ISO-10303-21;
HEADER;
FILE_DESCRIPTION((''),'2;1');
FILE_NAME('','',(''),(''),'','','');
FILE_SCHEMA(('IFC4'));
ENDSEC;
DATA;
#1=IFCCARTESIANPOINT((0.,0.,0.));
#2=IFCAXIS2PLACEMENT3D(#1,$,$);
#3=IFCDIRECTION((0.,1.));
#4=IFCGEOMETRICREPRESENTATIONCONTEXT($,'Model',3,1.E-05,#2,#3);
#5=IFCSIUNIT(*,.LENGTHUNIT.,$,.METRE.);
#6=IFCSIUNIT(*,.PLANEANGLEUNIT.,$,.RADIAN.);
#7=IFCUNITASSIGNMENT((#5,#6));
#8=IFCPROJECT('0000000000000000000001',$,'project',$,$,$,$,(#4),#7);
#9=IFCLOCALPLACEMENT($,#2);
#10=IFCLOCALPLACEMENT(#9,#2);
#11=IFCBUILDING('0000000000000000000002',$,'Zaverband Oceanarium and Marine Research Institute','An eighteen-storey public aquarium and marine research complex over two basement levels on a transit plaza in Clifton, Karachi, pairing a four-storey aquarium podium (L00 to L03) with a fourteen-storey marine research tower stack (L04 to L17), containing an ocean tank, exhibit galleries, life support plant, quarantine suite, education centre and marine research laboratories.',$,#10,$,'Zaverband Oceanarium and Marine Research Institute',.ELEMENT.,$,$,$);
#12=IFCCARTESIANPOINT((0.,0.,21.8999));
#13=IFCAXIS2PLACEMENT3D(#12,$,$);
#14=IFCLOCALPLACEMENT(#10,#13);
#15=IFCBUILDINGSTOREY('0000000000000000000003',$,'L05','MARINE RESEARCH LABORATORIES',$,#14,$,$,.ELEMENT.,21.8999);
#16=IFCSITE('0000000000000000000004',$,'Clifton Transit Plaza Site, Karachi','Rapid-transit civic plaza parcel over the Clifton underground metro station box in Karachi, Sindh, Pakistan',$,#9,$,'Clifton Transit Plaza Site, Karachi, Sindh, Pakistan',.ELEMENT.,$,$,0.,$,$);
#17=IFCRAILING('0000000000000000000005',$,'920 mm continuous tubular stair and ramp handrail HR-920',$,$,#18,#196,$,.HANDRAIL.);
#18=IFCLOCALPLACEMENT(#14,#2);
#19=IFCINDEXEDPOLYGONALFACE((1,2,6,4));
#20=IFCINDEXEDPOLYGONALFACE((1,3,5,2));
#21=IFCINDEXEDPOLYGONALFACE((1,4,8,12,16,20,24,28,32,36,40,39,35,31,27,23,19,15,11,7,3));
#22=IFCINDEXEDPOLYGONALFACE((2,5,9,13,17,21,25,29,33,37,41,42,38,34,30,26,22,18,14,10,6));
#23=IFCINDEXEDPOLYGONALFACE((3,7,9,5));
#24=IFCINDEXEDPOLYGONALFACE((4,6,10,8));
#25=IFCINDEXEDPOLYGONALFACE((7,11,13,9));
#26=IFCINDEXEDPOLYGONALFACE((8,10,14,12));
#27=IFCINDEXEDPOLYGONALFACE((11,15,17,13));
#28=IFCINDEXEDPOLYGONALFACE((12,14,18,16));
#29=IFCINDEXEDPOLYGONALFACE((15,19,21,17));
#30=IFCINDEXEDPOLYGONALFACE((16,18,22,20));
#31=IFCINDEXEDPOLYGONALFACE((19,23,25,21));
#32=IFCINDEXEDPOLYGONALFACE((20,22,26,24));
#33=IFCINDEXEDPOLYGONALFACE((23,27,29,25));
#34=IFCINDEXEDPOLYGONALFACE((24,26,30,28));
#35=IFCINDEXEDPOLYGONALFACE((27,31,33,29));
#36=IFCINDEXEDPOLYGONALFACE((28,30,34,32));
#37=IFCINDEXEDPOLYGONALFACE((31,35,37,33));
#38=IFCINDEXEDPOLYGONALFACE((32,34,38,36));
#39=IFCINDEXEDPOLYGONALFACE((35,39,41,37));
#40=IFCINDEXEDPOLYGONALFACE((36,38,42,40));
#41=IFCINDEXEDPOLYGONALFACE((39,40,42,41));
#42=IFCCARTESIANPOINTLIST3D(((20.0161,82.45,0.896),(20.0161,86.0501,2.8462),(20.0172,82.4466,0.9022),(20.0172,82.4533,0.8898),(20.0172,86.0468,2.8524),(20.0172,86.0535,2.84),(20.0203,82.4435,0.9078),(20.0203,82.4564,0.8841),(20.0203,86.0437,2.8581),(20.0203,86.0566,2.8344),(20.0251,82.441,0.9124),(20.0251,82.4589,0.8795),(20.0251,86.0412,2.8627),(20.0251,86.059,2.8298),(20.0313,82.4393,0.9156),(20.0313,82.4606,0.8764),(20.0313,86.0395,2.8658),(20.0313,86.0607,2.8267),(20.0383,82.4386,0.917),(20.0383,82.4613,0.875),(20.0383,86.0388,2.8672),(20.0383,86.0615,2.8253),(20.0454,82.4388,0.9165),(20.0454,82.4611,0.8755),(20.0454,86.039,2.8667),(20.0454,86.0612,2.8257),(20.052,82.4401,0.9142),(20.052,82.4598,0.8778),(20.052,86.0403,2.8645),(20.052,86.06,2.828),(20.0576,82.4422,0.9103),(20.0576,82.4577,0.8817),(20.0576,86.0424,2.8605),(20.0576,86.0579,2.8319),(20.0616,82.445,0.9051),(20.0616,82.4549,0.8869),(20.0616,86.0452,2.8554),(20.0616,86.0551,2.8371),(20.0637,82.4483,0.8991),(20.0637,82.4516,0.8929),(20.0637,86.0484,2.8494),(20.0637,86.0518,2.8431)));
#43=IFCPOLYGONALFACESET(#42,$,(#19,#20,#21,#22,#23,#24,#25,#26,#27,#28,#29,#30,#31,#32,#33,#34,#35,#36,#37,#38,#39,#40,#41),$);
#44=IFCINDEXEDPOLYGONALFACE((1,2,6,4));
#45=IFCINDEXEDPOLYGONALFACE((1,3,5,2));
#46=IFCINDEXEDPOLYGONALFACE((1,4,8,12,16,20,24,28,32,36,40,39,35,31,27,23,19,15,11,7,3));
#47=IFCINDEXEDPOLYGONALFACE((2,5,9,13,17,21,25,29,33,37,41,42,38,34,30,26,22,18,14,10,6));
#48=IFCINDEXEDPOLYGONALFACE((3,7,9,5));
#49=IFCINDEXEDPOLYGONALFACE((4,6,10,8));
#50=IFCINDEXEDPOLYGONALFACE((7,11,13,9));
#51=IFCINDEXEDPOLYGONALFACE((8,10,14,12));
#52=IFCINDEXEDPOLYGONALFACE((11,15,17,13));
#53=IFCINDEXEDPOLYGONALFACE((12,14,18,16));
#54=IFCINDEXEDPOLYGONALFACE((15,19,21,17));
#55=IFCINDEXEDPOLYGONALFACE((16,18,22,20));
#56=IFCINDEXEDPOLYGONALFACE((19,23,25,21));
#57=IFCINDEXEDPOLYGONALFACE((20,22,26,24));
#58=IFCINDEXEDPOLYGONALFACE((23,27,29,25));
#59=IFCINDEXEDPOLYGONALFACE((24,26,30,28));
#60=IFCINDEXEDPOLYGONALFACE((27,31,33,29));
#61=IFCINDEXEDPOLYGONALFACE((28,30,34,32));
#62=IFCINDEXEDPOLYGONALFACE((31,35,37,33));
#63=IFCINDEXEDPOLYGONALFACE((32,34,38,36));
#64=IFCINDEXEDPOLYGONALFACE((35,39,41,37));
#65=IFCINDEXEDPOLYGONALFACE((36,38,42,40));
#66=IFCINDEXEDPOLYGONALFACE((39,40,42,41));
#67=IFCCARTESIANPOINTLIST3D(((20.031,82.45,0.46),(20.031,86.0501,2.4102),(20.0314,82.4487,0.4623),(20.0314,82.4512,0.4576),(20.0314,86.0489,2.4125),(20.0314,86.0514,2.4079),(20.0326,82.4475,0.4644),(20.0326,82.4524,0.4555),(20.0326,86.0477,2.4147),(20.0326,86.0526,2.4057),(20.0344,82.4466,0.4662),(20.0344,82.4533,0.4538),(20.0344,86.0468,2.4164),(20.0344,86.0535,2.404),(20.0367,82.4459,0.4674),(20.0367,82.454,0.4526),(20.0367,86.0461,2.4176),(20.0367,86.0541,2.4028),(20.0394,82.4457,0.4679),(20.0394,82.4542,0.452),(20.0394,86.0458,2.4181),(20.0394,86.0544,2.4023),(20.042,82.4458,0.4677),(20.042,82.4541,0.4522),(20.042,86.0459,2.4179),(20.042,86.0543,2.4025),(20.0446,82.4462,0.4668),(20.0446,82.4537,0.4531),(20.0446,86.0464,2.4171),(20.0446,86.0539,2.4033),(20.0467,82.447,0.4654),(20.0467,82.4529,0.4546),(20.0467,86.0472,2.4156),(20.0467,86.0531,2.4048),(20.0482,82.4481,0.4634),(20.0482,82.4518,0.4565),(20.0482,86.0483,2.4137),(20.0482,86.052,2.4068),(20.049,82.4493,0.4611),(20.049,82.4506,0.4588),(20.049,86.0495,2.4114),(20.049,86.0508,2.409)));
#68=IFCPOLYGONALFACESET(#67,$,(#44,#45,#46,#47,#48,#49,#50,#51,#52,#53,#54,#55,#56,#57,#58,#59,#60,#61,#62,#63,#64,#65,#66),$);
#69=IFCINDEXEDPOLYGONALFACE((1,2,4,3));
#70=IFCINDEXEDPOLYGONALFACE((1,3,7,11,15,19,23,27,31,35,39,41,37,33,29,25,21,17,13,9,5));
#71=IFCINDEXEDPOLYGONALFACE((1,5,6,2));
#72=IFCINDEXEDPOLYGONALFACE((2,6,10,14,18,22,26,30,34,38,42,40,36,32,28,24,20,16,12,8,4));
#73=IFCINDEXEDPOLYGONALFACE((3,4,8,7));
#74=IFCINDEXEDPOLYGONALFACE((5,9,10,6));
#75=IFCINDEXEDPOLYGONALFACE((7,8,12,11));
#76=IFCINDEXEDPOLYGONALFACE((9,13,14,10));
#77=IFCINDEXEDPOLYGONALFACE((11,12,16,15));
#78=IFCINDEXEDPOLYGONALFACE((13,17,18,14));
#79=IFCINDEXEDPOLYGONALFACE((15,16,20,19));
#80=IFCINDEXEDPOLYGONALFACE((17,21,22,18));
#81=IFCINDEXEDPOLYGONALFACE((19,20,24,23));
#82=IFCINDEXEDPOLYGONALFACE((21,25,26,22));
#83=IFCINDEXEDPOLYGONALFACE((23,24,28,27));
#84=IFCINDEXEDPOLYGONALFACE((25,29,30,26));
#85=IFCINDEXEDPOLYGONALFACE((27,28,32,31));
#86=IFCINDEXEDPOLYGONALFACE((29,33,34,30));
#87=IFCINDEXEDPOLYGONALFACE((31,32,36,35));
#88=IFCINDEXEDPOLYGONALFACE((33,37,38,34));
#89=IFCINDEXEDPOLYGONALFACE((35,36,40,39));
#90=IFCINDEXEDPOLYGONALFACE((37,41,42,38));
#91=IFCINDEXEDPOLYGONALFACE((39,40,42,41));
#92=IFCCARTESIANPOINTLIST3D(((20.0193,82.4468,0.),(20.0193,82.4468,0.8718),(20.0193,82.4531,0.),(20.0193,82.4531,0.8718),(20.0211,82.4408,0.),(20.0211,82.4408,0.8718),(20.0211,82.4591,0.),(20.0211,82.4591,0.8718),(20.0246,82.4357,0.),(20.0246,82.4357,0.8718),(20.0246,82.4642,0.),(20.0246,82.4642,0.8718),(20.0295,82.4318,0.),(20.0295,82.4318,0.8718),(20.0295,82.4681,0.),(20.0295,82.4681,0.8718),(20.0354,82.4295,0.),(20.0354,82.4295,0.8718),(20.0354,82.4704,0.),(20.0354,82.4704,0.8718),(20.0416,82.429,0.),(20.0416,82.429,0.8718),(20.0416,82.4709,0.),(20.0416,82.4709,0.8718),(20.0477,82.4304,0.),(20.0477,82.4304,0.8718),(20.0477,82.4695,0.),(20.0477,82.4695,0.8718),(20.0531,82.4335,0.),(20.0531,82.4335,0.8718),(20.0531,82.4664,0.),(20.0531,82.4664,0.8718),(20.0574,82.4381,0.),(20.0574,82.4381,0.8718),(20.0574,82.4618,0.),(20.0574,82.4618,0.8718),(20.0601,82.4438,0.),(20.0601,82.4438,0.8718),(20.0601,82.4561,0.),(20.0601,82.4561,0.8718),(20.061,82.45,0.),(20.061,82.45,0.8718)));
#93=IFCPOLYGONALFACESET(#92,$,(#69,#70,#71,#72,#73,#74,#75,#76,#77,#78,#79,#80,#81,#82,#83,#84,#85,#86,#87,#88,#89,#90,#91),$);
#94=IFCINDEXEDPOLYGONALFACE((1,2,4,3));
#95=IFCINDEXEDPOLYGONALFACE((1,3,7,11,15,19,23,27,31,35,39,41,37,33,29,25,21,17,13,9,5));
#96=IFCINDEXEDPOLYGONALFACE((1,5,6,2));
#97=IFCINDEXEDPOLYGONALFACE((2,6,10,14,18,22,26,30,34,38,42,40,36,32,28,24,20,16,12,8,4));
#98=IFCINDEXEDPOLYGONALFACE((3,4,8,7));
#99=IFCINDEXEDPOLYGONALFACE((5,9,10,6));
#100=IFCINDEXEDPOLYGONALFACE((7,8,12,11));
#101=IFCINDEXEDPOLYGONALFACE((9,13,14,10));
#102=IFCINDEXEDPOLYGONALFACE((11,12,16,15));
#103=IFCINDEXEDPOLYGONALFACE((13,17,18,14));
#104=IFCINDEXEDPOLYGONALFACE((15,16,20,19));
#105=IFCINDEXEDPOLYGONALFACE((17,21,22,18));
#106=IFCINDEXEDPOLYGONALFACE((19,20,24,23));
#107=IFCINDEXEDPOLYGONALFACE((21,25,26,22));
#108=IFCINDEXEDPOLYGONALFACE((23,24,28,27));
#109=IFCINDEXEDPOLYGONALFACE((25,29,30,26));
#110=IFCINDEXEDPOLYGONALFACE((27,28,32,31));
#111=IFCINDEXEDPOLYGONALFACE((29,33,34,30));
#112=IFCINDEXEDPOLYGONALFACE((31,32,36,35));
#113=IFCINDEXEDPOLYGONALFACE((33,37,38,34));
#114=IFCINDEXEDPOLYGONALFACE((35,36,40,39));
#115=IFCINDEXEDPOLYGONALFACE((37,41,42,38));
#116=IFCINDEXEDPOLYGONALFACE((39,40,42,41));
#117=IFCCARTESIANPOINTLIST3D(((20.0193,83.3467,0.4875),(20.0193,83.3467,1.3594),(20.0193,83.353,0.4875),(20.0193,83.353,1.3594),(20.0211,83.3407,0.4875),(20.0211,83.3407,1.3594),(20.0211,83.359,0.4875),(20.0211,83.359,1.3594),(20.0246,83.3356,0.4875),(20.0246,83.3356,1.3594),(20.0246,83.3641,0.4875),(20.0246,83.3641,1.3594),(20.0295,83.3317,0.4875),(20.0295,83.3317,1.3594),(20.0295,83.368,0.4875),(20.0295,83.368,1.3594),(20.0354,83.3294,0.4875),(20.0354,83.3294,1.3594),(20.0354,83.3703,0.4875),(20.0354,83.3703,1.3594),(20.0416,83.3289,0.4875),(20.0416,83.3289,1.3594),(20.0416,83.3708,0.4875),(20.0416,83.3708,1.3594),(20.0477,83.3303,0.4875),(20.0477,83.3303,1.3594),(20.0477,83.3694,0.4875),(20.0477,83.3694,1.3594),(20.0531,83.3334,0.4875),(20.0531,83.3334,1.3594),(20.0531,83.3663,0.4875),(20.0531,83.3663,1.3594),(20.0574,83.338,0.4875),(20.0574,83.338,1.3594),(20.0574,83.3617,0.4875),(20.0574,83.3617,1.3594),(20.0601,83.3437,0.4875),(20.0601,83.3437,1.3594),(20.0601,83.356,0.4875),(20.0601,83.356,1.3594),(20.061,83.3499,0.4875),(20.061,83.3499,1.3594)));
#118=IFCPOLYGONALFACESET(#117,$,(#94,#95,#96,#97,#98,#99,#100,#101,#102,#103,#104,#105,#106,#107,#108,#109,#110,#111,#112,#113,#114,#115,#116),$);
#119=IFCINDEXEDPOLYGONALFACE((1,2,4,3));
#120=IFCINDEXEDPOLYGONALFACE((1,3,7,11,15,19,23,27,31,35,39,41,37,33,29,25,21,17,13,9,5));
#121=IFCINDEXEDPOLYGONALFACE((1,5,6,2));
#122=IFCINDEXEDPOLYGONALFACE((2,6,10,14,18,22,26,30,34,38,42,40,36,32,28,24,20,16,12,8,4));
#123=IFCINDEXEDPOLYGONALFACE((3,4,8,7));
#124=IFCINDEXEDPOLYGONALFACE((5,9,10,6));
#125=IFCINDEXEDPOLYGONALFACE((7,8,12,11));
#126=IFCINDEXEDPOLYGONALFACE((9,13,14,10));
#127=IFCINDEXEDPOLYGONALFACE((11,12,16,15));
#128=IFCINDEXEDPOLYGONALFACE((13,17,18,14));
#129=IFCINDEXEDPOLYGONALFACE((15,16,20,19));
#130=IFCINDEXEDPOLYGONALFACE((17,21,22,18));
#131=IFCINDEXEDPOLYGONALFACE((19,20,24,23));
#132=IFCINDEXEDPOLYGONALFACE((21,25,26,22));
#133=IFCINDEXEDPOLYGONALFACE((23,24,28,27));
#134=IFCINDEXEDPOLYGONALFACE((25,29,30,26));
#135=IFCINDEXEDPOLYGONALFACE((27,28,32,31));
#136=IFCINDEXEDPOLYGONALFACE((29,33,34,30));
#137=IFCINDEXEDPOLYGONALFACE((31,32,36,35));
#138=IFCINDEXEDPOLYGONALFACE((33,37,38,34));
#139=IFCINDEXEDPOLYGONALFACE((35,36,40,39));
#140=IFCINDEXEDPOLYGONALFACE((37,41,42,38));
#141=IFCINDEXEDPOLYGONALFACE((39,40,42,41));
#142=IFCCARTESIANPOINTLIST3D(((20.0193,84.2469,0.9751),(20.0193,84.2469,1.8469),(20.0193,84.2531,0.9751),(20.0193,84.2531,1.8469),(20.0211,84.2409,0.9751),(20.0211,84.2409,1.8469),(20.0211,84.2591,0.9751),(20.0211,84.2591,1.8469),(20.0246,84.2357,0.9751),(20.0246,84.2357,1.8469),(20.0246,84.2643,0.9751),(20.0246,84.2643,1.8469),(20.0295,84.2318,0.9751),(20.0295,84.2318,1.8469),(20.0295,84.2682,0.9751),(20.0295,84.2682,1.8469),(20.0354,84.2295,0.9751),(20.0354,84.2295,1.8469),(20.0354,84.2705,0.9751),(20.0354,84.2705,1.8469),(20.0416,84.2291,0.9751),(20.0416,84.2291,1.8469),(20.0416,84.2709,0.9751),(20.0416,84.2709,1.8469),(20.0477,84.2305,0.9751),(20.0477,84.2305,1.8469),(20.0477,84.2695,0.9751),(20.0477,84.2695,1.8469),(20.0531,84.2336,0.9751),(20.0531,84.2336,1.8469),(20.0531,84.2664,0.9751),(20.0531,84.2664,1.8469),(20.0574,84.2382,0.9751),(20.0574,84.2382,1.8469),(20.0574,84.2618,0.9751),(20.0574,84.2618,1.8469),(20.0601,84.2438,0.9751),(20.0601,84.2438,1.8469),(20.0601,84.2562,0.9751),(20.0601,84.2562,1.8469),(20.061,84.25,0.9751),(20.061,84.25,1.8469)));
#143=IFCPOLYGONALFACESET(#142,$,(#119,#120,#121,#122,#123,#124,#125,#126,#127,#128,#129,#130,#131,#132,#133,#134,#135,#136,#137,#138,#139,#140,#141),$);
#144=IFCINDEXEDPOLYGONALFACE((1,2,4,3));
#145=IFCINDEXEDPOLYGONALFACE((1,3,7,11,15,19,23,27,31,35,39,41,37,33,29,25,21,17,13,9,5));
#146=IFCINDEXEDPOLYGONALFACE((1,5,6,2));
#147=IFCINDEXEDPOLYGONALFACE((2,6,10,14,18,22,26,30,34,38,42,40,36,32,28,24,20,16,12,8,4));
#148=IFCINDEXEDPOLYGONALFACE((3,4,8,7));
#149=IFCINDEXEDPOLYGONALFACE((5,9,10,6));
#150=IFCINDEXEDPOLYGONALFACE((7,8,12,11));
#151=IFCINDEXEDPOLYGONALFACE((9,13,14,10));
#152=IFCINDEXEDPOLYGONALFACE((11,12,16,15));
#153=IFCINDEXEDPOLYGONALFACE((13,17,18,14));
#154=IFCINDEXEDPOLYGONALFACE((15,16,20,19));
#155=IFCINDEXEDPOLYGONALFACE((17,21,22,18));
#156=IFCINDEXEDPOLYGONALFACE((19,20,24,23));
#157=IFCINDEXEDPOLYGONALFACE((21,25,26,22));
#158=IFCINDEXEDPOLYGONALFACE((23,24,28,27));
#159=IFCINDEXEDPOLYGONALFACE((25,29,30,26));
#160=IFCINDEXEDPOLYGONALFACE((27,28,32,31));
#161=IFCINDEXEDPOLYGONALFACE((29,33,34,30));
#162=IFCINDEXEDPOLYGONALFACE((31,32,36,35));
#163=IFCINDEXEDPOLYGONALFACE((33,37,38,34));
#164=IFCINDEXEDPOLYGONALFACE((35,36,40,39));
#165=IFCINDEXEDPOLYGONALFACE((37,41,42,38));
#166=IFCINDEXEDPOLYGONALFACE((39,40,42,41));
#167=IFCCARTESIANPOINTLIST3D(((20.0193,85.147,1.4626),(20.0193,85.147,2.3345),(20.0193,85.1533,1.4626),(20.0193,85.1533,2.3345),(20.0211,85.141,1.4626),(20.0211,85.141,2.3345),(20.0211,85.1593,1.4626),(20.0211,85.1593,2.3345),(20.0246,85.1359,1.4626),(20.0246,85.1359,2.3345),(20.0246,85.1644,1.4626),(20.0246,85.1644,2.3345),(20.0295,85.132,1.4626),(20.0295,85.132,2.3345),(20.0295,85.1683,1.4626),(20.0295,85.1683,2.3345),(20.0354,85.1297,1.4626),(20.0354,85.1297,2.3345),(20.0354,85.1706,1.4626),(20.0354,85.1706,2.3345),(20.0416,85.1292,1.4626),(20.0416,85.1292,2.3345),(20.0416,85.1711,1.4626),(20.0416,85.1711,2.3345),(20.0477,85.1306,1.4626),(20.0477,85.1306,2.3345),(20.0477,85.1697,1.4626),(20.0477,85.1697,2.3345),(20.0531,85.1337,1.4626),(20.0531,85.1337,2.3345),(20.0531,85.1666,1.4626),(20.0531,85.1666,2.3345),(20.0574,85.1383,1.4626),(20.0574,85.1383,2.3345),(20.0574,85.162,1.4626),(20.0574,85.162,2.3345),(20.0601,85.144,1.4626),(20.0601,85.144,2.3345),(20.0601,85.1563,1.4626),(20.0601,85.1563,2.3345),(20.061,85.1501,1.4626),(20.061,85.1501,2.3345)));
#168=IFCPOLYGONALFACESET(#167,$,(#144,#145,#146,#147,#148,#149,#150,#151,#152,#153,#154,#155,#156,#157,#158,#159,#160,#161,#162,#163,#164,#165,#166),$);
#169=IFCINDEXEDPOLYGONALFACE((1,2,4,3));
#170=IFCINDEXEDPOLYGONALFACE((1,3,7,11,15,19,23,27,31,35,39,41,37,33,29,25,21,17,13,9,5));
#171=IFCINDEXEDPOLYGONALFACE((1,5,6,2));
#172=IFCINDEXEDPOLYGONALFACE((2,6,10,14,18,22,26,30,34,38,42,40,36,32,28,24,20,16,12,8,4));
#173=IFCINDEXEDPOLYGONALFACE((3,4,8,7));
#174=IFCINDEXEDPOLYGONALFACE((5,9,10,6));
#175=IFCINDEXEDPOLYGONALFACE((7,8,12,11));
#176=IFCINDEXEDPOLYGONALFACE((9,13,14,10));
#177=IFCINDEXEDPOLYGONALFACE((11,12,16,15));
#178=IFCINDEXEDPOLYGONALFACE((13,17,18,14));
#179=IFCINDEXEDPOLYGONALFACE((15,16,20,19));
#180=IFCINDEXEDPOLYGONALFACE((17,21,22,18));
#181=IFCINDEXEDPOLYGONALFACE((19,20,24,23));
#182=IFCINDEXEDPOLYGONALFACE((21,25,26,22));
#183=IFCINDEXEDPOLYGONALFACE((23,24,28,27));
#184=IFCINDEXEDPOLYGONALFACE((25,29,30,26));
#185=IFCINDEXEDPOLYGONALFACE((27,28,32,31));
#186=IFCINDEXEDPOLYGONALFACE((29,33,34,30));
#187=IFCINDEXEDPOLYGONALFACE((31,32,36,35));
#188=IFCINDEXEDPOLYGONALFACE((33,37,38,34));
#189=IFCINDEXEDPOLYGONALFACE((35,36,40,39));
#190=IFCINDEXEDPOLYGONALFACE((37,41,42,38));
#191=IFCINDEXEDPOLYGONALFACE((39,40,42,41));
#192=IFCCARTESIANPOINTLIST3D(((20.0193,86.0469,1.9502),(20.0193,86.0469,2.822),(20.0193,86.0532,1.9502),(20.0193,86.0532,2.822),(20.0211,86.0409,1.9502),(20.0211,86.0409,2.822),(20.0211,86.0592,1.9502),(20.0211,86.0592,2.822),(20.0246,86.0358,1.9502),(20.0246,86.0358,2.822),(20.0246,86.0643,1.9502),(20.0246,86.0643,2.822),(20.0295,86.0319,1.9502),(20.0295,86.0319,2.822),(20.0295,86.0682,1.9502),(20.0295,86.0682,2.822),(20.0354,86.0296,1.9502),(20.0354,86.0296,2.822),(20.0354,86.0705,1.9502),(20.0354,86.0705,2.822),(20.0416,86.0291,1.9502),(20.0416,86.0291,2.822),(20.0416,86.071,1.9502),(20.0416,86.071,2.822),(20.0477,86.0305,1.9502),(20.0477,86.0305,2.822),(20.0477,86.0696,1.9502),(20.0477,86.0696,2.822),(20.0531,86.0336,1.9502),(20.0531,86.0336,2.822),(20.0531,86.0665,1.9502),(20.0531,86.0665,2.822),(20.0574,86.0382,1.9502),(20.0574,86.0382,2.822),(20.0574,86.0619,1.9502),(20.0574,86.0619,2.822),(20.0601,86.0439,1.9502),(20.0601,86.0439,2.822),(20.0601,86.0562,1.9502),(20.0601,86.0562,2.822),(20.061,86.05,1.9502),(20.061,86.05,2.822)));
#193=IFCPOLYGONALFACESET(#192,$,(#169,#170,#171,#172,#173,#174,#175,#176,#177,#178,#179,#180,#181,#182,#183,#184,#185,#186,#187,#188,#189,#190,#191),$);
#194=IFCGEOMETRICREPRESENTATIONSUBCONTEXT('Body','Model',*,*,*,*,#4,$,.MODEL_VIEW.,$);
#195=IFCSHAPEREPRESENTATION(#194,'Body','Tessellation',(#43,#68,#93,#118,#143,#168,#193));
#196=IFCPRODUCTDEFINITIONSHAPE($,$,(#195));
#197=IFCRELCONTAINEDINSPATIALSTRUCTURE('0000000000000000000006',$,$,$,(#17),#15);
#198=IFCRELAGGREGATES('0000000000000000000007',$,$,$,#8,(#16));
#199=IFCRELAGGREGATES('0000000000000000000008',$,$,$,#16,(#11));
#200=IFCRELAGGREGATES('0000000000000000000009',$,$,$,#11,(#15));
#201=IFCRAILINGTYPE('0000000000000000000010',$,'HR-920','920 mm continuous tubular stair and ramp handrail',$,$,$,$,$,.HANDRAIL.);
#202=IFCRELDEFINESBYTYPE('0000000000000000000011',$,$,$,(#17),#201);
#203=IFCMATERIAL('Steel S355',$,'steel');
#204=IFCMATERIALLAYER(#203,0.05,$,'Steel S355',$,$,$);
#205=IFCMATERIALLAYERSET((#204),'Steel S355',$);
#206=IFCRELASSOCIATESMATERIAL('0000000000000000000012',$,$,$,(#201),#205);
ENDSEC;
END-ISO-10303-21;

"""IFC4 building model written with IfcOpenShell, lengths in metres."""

from ifc_helpers import new_model, si_unit, direction, frame, origin, origin_2d, place, context, subcontext, project, spatial, circle, extrude, material, layer, layer_set, type_object, element, save


model = new_model("IFC4")

# Units and contexts
model_context = context("Model", 3, precision=1e-05, world=origin(), true_north=direction((0.0, 1.0)))
body_context = subcontext(model_context, "Body", "Model", "MODEL_VIEW")
ifc_project = project(units=[si_unit("LENGTHUNIT", "METRE"), si_unit("PLANEANGLEUNIT", "RADIAN")], contexts=[model_context])

# Site, building, storey
site_placement = place(None, origin())
site = spatial("IfcSite", under=ifc_project, at=site_placement, Name="Clifton Transit Plaza Site, Karachi", Description="Rapid-transit civic plaza parcel over the Clifton underground metro station box in Karachi, Sindh, Pakistan", LongName="Clifton Transit Plaza Site, Karachi, Sindh, Pakistan", CompositionType="ELEMENT", RefElevation=0.0)
building_placement = place(site_placement, origin())
building = spatial("IfcBuilding", under=site, at=building_placement, Name="Zaverband Oceanarium and Marine Research Institute", Description="An eighteen-storey public aquarium and marine research complex over two basement levels on a transit plaza in Clifton, Karachi, pairing a four-storey aquarium podium (L00 to L03) with a fourteen-storey marine research tower stack (L04 to L17), containing an ocean tank, exhibit galleries, life support plant, quarantine suite, education centre and marine research laboratories.", LongName="Zaverband Oceanarium and Marine Research Institute", CompositionType="ELEMENT")
storey_placement = place(building_placement, frame((0.0, 0.0, 21.8999)))
storey = spatial("IfcBuildingStorey", under=building, at=storey_placement, Name="L05", Description="MARINE RESEARCH LABORATORIES", CompositionType="ELEMENT", Elevation=21.8999)

# Shared definitions
ifc_material_1 = material(Name="Steel S355", Category="steel")

# Railing
ifc_layer_1 = layer(ifc_material_1, 0.05, Name="Steel S355")
ifc_layer_set_1 = layer_set([ifc_layer_1], Name="Steel S355")
railing_type_1 = type_object("IfcRailingType", Name="HR-920", Description="920 mm continuous tubular stair and ramp handrail", PredefinedType="HANDRAIL", material=ifc_layer_set_1)
railing_1_placement = place(storey_placement, frame((20.04, 82.45, 0.0)))
element("IfcRailing", 1, at=railing_1_placement, inside=storey, type_object=railing_type_1, Name="920 mm continuous tubular stair and ramp handrail HR-920", PredefinedType="HANDRAIL", context=body_context, shape_type="SweptSolid", body=[
    extrude(circle(Radius=0.0239, at=origin_2d()), frame((0.0, 0.0, 0.896), z_axis=(0.0, 0.879277, 0.47631), x_axis=(-1.0, 0.0, 0.0)), (0.0, 0.0, 1.0), 4.0945),
    extrude(circle(Radius=0.009, at=origin_2d()), frame((0.0, 0.0, 0.46), z_axis=(0.0, 0.879277, 0.47631), x_axis=(-1.0, 0.0, 0.0)), (0.0, 0.0, 1.0), 4.0945),
    extrude(circle(Radius=0.021, at=origin_2d()), origin(), (0.0, 0.0, 1.0), 0.8718),
    extrude(circle(Radius=0.021, at=origin_2d()), frame((0.0, 0.8999, 0.4875)), (0.0, 0.0, 1.0), 0.8718),
    extrude(circle(Radius=0.021, at=origin_2d()), frame((0.0, 1.8, 0.9751)), (0.0, 0.0, 1.0), 0.8718),
    extrude(circle(Radius=0.021, at=origin_2d()), frame((0.0, 2.7002, 1.4626)), (0.0, 0.0, 1.0), 0.8718),
    extrude(circle(Radius=0.021, at=origin_2d()), frame((0.0, 3.6001, 1.9502)), (0.0, 0.0, 1.0), 0.8718),
])

save(model, "model.ifc")
